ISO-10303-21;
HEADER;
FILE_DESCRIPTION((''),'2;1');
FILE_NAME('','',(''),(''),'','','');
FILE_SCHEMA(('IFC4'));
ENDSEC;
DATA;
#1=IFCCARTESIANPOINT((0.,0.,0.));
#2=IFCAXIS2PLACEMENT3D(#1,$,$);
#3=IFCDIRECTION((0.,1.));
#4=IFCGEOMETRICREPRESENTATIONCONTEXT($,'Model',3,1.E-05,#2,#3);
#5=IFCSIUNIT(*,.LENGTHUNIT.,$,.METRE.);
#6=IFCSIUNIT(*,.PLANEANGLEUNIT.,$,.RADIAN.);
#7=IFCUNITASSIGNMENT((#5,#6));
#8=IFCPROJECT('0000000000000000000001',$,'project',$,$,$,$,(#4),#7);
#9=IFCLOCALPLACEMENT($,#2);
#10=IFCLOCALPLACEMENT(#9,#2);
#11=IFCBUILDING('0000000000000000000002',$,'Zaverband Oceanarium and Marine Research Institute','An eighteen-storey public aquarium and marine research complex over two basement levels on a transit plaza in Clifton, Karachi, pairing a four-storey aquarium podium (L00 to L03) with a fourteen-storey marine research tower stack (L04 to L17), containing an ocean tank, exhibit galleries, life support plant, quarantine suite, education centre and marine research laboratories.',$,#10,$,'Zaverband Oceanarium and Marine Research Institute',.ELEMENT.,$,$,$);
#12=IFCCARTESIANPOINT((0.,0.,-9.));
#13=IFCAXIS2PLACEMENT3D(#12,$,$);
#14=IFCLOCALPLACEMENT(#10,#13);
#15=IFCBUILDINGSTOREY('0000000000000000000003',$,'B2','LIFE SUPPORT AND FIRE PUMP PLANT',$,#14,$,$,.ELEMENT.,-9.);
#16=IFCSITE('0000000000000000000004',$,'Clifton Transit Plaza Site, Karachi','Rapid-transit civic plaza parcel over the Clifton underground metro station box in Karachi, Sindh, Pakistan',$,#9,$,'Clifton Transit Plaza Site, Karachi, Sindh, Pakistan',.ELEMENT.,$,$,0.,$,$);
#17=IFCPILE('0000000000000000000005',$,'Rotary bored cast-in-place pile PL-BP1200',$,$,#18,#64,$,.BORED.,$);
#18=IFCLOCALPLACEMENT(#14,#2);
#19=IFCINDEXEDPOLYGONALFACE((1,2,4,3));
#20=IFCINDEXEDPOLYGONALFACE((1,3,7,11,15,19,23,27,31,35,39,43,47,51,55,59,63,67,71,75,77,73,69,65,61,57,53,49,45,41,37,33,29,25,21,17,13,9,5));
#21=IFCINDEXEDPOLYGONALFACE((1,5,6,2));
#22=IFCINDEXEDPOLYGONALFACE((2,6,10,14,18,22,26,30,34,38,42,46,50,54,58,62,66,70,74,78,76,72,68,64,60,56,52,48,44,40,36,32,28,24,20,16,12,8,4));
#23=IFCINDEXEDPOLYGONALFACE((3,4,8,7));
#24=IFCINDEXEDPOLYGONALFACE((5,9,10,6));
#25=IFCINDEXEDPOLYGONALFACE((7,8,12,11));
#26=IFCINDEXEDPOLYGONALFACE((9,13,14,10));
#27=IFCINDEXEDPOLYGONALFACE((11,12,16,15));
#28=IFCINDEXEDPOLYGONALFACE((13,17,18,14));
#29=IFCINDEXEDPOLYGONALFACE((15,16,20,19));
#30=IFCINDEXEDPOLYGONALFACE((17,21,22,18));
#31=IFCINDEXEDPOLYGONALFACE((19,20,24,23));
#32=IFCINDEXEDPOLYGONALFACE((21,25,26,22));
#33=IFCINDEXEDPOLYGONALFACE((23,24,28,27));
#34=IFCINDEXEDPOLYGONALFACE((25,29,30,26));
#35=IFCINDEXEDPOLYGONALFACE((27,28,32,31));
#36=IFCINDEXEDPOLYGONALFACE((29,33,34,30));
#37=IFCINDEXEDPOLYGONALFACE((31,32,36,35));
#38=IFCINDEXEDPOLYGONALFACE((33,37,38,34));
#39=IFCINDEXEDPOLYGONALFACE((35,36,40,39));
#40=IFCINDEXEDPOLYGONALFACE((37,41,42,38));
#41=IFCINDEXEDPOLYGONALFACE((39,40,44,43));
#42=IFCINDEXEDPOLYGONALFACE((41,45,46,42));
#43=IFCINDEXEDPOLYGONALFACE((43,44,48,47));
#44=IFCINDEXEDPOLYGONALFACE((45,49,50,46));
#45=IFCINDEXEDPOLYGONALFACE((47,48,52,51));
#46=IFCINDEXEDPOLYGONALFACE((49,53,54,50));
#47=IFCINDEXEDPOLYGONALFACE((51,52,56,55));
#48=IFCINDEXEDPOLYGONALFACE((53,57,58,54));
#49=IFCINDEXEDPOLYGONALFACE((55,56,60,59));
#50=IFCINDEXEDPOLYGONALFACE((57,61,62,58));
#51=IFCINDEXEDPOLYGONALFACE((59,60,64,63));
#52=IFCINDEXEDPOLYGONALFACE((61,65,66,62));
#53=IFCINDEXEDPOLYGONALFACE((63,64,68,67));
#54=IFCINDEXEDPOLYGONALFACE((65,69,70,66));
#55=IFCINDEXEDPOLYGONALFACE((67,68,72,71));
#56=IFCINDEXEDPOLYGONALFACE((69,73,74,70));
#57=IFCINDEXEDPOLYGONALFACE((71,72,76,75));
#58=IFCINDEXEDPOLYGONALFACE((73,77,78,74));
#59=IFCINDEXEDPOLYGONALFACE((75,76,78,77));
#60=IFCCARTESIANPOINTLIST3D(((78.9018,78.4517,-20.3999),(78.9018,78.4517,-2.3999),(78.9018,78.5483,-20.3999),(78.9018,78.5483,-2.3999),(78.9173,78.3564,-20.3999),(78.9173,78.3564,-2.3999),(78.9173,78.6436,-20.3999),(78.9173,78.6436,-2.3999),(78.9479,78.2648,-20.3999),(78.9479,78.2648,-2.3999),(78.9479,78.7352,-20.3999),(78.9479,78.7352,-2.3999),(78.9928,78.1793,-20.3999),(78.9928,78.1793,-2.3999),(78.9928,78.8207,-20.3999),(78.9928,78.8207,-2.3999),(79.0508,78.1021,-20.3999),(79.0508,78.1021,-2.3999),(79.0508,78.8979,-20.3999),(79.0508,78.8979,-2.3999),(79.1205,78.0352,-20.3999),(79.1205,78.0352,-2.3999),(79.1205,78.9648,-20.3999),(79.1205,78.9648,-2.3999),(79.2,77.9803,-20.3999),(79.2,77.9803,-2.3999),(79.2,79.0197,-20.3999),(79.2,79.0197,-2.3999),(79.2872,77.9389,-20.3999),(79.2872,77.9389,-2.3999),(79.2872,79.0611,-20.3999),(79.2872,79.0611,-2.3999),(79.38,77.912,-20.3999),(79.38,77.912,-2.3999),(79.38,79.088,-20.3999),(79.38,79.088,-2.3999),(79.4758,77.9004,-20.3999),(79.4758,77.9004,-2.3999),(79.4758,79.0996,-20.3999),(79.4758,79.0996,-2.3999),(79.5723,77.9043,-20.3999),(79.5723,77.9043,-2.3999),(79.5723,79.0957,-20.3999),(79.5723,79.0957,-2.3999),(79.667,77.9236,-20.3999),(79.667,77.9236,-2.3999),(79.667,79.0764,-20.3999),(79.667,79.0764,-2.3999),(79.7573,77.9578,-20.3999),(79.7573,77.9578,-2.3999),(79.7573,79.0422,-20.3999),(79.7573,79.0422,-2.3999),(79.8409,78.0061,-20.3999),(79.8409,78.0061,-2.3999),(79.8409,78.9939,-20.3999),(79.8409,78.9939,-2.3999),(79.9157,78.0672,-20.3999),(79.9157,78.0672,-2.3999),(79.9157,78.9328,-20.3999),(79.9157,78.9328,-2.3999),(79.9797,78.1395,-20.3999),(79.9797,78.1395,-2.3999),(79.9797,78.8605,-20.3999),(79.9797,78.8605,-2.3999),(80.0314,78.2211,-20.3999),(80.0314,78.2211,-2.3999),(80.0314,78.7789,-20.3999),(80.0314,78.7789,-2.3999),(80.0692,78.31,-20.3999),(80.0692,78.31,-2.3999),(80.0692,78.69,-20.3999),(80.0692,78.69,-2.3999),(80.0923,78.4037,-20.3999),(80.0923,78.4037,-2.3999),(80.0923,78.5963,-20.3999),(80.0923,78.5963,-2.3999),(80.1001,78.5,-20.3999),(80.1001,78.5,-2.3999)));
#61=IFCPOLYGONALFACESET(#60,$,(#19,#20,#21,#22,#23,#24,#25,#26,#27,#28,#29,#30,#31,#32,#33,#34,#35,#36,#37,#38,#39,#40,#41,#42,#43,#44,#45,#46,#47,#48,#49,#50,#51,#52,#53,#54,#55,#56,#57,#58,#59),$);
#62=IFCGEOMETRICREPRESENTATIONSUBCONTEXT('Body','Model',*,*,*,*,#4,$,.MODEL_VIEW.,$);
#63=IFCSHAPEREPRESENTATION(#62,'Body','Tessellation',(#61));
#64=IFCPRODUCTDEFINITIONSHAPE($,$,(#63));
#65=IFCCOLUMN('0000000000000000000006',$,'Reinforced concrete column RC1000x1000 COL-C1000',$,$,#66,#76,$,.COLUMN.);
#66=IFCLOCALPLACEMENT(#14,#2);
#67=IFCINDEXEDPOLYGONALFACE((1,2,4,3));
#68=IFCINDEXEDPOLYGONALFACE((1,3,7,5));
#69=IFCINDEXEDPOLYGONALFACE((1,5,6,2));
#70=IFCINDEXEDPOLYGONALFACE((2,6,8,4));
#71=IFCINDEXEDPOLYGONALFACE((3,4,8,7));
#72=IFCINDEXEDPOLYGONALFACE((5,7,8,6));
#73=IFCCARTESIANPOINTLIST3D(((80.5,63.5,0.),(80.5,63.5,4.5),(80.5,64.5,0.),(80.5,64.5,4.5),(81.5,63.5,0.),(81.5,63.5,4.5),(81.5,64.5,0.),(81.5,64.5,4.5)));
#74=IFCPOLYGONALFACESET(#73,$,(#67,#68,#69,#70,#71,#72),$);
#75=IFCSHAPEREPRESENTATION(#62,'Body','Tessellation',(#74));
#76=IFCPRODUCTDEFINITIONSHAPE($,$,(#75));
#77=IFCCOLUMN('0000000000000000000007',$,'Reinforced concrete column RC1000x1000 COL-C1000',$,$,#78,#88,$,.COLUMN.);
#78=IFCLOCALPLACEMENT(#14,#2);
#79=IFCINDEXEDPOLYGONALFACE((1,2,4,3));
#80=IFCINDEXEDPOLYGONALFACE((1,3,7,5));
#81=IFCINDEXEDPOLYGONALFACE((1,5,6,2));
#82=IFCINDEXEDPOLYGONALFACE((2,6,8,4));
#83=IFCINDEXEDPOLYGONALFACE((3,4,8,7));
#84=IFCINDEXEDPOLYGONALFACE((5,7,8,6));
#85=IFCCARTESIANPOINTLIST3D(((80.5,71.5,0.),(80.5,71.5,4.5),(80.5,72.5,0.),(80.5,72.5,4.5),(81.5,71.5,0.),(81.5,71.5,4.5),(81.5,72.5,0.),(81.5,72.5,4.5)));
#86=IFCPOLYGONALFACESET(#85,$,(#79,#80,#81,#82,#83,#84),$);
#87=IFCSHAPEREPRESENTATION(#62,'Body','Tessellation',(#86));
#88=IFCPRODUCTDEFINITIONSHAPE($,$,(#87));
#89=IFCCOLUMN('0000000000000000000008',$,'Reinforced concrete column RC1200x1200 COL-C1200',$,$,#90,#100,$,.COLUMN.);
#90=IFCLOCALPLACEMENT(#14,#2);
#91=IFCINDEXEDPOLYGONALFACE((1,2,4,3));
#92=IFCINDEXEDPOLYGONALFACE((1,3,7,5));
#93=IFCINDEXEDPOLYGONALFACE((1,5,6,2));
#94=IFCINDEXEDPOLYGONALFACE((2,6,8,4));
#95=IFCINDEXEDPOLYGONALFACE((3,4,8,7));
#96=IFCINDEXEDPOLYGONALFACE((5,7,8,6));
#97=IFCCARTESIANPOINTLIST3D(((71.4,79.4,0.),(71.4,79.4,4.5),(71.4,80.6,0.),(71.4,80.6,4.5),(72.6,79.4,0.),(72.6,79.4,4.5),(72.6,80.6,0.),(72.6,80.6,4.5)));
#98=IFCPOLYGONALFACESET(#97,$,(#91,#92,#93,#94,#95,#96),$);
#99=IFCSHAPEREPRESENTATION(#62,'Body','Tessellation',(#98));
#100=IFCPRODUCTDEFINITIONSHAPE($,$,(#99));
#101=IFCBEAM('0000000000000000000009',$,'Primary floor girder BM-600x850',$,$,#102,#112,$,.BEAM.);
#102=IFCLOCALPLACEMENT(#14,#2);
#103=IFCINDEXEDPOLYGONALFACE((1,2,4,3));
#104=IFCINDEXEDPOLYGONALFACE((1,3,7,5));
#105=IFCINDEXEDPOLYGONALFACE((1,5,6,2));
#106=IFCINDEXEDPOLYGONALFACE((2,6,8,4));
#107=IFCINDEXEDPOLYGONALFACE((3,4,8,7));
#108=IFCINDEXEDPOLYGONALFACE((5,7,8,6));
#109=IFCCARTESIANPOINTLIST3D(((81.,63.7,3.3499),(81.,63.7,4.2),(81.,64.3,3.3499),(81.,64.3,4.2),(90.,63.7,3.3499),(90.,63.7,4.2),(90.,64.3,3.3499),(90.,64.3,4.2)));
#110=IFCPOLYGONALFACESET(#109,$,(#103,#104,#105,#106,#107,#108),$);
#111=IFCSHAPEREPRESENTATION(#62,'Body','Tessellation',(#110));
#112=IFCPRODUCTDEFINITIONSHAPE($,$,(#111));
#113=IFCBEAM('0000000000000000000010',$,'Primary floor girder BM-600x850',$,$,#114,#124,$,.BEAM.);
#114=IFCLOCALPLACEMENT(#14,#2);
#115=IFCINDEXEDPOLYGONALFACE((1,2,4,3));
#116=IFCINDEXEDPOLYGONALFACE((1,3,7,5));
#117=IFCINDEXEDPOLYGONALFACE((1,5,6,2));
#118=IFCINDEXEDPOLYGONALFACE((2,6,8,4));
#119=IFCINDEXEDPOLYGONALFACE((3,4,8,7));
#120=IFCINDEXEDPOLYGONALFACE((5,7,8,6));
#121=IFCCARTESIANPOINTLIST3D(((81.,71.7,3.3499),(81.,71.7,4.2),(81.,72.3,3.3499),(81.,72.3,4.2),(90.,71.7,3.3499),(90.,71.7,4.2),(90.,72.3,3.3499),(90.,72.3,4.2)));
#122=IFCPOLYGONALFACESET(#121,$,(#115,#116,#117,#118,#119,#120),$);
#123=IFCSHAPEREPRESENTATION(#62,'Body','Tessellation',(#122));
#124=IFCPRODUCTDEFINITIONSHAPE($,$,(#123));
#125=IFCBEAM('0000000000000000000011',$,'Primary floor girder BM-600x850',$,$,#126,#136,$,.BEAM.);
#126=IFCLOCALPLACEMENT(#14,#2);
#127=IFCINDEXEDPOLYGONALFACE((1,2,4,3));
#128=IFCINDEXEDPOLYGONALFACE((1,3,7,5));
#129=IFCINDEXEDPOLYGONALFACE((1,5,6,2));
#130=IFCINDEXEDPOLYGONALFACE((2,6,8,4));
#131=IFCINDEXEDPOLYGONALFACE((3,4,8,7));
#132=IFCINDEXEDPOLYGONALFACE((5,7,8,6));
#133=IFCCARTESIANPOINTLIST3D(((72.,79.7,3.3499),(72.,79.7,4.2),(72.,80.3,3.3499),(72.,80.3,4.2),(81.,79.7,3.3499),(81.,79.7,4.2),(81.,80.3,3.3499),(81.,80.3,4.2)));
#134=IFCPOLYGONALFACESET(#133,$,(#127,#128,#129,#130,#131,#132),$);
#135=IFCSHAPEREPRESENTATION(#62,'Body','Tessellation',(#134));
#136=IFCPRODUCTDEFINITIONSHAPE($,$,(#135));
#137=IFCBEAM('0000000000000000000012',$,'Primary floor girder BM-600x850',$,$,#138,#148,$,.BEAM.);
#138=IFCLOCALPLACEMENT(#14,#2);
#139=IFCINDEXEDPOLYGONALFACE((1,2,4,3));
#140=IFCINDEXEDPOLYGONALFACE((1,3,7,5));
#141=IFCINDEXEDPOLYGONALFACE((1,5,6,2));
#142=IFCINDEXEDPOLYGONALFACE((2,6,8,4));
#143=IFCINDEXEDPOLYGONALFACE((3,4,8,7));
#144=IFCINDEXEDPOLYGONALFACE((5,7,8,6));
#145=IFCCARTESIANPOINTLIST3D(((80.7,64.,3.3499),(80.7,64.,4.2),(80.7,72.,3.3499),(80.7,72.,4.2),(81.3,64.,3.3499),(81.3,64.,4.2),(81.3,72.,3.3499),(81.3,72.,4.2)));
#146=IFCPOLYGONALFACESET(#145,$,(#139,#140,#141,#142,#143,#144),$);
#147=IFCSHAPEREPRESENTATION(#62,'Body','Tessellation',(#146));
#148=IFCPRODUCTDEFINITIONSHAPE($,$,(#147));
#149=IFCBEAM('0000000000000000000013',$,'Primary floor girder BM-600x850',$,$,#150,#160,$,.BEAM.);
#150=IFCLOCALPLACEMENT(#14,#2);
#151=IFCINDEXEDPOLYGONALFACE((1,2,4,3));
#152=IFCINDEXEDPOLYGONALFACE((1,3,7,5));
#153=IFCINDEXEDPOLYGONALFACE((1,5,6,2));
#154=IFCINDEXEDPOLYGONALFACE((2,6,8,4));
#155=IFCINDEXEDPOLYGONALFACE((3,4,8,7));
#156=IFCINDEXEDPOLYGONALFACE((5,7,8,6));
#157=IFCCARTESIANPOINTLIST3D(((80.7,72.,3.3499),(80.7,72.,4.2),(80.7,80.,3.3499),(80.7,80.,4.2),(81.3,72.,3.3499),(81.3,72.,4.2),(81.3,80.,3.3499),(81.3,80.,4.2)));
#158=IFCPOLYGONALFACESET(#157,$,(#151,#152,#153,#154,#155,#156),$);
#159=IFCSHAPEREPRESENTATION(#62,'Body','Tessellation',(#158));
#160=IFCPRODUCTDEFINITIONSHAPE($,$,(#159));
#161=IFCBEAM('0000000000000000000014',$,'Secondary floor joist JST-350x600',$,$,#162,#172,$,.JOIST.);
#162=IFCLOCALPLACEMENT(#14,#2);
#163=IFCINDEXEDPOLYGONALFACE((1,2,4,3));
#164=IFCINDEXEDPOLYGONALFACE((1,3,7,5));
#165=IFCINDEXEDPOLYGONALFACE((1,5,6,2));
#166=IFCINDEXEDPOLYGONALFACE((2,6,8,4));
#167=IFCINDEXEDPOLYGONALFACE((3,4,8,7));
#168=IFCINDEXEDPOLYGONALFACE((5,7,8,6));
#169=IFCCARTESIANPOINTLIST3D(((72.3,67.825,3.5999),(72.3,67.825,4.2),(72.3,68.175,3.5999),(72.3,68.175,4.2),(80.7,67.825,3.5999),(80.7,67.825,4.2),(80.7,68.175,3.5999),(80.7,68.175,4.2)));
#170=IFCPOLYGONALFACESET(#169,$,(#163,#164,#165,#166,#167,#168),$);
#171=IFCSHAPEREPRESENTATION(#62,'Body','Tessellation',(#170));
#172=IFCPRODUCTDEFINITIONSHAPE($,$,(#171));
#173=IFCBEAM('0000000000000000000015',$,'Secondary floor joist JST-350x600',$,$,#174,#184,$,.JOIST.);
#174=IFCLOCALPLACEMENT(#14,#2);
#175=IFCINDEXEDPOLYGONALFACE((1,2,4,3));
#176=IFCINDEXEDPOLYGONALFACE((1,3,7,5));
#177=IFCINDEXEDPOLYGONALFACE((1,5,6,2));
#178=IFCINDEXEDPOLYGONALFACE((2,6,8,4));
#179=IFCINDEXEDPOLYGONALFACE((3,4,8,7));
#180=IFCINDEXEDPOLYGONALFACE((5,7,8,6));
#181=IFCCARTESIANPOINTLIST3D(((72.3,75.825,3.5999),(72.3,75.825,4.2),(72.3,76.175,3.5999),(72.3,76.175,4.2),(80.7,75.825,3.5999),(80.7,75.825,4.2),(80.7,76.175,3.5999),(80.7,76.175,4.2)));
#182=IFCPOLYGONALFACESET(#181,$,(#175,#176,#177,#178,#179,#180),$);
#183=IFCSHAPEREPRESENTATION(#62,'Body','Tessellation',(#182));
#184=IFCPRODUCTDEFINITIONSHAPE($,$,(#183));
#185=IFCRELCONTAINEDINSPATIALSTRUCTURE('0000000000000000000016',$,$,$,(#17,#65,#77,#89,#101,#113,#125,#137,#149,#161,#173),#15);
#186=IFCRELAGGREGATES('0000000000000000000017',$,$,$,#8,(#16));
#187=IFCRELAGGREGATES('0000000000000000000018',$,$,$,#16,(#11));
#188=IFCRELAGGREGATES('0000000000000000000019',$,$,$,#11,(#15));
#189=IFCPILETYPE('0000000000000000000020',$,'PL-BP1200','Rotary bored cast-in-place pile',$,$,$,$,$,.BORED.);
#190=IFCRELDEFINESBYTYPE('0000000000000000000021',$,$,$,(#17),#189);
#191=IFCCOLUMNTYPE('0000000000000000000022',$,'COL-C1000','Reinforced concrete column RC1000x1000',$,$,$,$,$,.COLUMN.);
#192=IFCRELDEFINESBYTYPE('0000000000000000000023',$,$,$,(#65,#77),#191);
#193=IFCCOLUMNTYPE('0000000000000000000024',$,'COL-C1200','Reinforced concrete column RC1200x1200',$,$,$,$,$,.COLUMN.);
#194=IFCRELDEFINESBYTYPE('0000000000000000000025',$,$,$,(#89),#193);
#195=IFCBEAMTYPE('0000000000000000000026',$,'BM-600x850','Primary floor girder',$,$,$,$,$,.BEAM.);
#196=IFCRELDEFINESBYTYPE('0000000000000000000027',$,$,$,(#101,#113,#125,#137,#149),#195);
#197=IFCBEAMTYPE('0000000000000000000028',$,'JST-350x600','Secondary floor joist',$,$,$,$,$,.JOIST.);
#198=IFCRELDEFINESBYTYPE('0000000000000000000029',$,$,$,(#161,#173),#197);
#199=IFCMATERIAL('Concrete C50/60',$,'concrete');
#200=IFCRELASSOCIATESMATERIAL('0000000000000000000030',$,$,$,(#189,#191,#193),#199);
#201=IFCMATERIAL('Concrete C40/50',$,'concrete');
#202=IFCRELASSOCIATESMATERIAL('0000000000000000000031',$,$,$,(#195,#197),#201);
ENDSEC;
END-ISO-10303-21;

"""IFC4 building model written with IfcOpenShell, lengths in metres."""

from ifc_helpers import new_model, si_unit, direction, frame, origin, origin_2d, place, context, subcontext, project, spatial, rectangle, circle, extrude, material, material_profile, profile_set, type_object, element, save


model = new_model("IFC4")

# Units and contexts
model_context = context("Model", 3, precision=1e-05, world=origin(), true_north=direction((0.0, 1.0)))
body_context = subcontext(model_context, "Body", "Model", "MODEL_VIEW")
ifc_project = project(units=[si_unit("LENGTHUNIT", "METRE"), si_unit("PLANEANGLEUNIT", "RADIAN")], contexts=[model_context])

# Site, building, storey
site_placement = place(None, origin())
site = spatial("IfcSite", under=ifc_project, at=site_placement, Name="Clifton Transit Plaza Site, Karachi", Description="Rapid-transit civic plaza parcel over the Clifton underground metro station box in Karachi, Sindh, Pakistan", LongName="Clifton Transit Plaza Site, Karachi, Sindh, Pakistan", CompositionType="ELEMENT", RefElevation=0.0)
building_placement = place(site_placement, origin())
building = spatial("IfcBuilding", under=site, at=building_placement, Name="Zaverband Oceanarium and Marine Research Institute", Description="An eighteen-storey public aquarium and marine research complex over two basement levels on a transit plaza in Clifton, Karachi, pairing a four-storey aquarium podium (L00 to L03) with a fourteen-storey marine research tower stack (L04 to L17), containing an ocean tank, exhibit galleries, life support plant, quarantine suite, education centre and marine research laboratories.", LongName="Zaverband Oceanarium and Marine Research Institute", CompositionType="ELEMENT")
storey_placement = place(building_placement, frame((0.0, 0.0, -9.0)))
storey = spatial("IfcBuildingStorey", under=building, at=storey_placement, Name="B2", Description="LIFE SUPPORT AND FIRE PUMP PLANT", CompositionType="ELEMENT", Elevation=-9.0)

# Shared definitions
ifc_material_1 = material(Name="Concrete C50/60", Category="concrete")

# Pile
ifc_material_profile_1 = material_profile(ifc_material_1, circle(Radius=0.6001, at=origin_2d()), Name="BP1200")
ifc_profile_set_1 = profile_set([ifc_material_profile_1], Name="Concrete C50/60")
pile_type = type_object("IfcPileType", Name="PL-BP1200", Description="Rotary bored cast-in-place pile", PredefinedType="BORED", material=ifc_profile_set_1)
for number, where, z_axis, x_axis, name in (
    (1, (79.5, 78.5, -2.3999), (0.0, 0.0, -1.0), (1.0, 0.0, 0.0), "Rotary bored cast-in-place pile PL-BP1200"),
):
    element("IfcPile", number, at=place(storey_placement, frame(where, z_axis=z_axis, x_axis=x_axis)), inside=storey, type_object=pile_type, Name=name, PredefinedType="BORED", context=body_context, shape_type="SweptSolid", body=[
        extrude(circle(Radius=0.6001, at=origin_2d()), origin(), (0.0, 0.0, 1.0), 18.0),
    ])

# Columns
ifc_material_profile_2 = material_profile(ifc_material_1, rectangle(XDim=1.0, YDim=1.0, at=origin_2d()), Name="RC1000x1000")
ifc_profile_set_2 = profile_set([ifc_material_profile_2], Name="Concrete C50/60")
column_type_1 = type_object("IfcColumnType", Name="COL-C1000", Description="Reinforced concrete column RC1000x1000", PredefinedType="COLUMN", material=ifc_profile_set_2)
for number, where, z_axis, x_axis, name in (
    (2, (81.0, 64.0, 0.0), (0.0, 0.0, 1.0), (1.0, 0.0, 0.0), "Reinforced concrete column RC1000x1000 COL-C1000"),
    (3, (81.0, 72.0, 0.0), (0.0, 0.0, 1.0), (1.0, 0.0, 0.0), "Reinforced concrete column RC1000x1000 COL-C1000"),
):
    element("IfcColumn", number, at=place(storey_placement, frame(where, z_axis=z_axis, x_axis=x_axis)), inside=storey, type_object=column_type_1, Name=name, PredefinedType="COLUMN", context=body_context, shape_type="SweptSolid", body=[
        extrude(rectangle(XDim=1.0, YDim=1.0, at=origin_2d()), origin(), (0.0, 0.0, 1.0), 4.5),
    ])
ifc_material_profile_3 = material_profile(ifc_material_1, rectangle(XDim=1.2, YDim=1.2, at=origin_2d()), Name="RC1200x1200")
ifc_profile_set_3 = profile_set([ifc_material_profile_3], Name="Concrete C50/60")
column_type_2 = type_object("IfcColumnType", Name="COL-C1200", Description="Reinforced concrete column RC1200x1200", PredefinedType="COLUMN", material=ifc_profile_set_3)
column_placement = place(storey_placement, frame((72.0, 80.0, 0.0), z_axis=(0.0, 0.0, 1.0), x_axis=(1.0, 0.0, 0.0)))
element("IfcColumn", 4, at=column_placement, inside=storey, type_object=column_type_2, Name="Reinforced concrete column RC1200x1200 COL-C1200", PredefinedType="COLUMN", context=body_context, shape_type="SweptSolid", body=[
    extrude(rectangle(XDim=1.2, YDim=1.2, at=origin_2d()), origin(), (0.0, 0.0, 1.0), 4.5),
])

# Beams
ifc_material_2 = material(Name="Concrete C40/50", Category="concrete")
ifc_material_profile_4 = material_profile(ifc_material_2, rectangle(XDim=0.6001, YDim=0.8501, at=origin_2d()), Name="RC600x850")
ifc_profile_set_4 = profile_set([ifc_material_profile_4], Name="Concrete C40/50")
beam_type_1 = type_object("IfcBeamType", Name="BM-600x850", Description="Primary floor girder", PredefinedType="BEAM", material=ifc_profile_set_4)
for number, where, z_axis, x_axis, name in (
    (5, (81.0, 64.0, 3.7749), (1.0, 0.0, 0.0), (0.0, 1.0, 0.0), "Primary floor girder BM-600x850"),
    (6, (81.0, 72.0, 3.7749), (1.0, 0.0, 0.0), (0.0, 1.0, 0.0), "Primary floor girder BM-600x850"),
    (7, (72.0, 80.0, 3.7749), (1.0, 0.0, 0.0), (0.0, 1.0, 0.0), "Primary floor girder BM-600x850"),
):
    element("IfcBeam", number, at=place(storey_placement, frame(where, z_axis=z_axis, x_axis=x_axis)), inside=storey, type_object=beam_type_1, Name=name, PredefinedType="BEAM", context=body_context, shape_type="SweptSolid", body=[
        extrude(rectangle(XDim=0.6001, YDim=0.8501, at=origin_2d()), origin(), (0.0, 0.0, 1.0), 9.0),
    ])
for number, where, z_axis, x_axis, name in (
    (8, (81.0, 64.0, 3.7749), (0.0, 1.0, 0.0), (-1.0, 0.0, 0.0), "Primary floor girder BM-600x850"),
    (9, (81.0, 72.0, 3.7749), (0.0, 1.0, 0.0), (-1.0, 0.0, 0.0), "Primary floor girder BM-600x850"),
):
    element("IfcBeam", number, at=place(storey_placement, frame(where, z_axis=z_axis, x_axis=x_axis)), inside=storey, type_object=beam_type_1, Name=name, PredefinedType="BEAM", context=body_context, shape_type="SweptSolid", body=[
        extrude(rectangle(XDim=0.6001, YDim=0.8501, at=origin_2d()), origin(), (0.0, 0.0, 1.0), 8.0),
    ])
ifc_material_profile_5 = material_profile(ifc_material_2, rectangle(XDim=0.3501, YDim=0.6001, at=origin_2d()), Name="RC350x600")
ifc_profile_set_5 = profile_set([ifc_material_profile_5], Name="Concrete C40/50")
beam_type_2 = type_object("IfcBeamType", Name="JST-350x600", Description="Secondary floor joist", PredefinedType="JOIST", material=ifc_profile_set_5)
for number, where, z_axis, x_axis, name in (
    (10, (72.3, 68.0, 3.8999), (1.0, 0.0, 0.0), (0.0, 1.0, 0.0), "Secondary floor joist JST-350x600"),
    (11, (72.3, 76.0, 3.8999), (1.0, 0.0, 0.0), (0.0, 1.0, 0.0), "Secondary floor joist JST-350x600"),
):
    element("IfcBeam", number, at=place(storey_placement, frame(where, z_axis=z_axis, x_axis=x_axis)), inside=storey, type_object=beam_type_2, Name=name, PredefinedType="JOIST", context=body_context, shape_type="SweptSolid", body=[
        extrude(rectangle(XDim=0.3501, YDim=0.6001, at=origin_2d()), origin(), (0.0, 0.0, 1.0), 8.3999),
    ])

save(model, "model.ifc")
